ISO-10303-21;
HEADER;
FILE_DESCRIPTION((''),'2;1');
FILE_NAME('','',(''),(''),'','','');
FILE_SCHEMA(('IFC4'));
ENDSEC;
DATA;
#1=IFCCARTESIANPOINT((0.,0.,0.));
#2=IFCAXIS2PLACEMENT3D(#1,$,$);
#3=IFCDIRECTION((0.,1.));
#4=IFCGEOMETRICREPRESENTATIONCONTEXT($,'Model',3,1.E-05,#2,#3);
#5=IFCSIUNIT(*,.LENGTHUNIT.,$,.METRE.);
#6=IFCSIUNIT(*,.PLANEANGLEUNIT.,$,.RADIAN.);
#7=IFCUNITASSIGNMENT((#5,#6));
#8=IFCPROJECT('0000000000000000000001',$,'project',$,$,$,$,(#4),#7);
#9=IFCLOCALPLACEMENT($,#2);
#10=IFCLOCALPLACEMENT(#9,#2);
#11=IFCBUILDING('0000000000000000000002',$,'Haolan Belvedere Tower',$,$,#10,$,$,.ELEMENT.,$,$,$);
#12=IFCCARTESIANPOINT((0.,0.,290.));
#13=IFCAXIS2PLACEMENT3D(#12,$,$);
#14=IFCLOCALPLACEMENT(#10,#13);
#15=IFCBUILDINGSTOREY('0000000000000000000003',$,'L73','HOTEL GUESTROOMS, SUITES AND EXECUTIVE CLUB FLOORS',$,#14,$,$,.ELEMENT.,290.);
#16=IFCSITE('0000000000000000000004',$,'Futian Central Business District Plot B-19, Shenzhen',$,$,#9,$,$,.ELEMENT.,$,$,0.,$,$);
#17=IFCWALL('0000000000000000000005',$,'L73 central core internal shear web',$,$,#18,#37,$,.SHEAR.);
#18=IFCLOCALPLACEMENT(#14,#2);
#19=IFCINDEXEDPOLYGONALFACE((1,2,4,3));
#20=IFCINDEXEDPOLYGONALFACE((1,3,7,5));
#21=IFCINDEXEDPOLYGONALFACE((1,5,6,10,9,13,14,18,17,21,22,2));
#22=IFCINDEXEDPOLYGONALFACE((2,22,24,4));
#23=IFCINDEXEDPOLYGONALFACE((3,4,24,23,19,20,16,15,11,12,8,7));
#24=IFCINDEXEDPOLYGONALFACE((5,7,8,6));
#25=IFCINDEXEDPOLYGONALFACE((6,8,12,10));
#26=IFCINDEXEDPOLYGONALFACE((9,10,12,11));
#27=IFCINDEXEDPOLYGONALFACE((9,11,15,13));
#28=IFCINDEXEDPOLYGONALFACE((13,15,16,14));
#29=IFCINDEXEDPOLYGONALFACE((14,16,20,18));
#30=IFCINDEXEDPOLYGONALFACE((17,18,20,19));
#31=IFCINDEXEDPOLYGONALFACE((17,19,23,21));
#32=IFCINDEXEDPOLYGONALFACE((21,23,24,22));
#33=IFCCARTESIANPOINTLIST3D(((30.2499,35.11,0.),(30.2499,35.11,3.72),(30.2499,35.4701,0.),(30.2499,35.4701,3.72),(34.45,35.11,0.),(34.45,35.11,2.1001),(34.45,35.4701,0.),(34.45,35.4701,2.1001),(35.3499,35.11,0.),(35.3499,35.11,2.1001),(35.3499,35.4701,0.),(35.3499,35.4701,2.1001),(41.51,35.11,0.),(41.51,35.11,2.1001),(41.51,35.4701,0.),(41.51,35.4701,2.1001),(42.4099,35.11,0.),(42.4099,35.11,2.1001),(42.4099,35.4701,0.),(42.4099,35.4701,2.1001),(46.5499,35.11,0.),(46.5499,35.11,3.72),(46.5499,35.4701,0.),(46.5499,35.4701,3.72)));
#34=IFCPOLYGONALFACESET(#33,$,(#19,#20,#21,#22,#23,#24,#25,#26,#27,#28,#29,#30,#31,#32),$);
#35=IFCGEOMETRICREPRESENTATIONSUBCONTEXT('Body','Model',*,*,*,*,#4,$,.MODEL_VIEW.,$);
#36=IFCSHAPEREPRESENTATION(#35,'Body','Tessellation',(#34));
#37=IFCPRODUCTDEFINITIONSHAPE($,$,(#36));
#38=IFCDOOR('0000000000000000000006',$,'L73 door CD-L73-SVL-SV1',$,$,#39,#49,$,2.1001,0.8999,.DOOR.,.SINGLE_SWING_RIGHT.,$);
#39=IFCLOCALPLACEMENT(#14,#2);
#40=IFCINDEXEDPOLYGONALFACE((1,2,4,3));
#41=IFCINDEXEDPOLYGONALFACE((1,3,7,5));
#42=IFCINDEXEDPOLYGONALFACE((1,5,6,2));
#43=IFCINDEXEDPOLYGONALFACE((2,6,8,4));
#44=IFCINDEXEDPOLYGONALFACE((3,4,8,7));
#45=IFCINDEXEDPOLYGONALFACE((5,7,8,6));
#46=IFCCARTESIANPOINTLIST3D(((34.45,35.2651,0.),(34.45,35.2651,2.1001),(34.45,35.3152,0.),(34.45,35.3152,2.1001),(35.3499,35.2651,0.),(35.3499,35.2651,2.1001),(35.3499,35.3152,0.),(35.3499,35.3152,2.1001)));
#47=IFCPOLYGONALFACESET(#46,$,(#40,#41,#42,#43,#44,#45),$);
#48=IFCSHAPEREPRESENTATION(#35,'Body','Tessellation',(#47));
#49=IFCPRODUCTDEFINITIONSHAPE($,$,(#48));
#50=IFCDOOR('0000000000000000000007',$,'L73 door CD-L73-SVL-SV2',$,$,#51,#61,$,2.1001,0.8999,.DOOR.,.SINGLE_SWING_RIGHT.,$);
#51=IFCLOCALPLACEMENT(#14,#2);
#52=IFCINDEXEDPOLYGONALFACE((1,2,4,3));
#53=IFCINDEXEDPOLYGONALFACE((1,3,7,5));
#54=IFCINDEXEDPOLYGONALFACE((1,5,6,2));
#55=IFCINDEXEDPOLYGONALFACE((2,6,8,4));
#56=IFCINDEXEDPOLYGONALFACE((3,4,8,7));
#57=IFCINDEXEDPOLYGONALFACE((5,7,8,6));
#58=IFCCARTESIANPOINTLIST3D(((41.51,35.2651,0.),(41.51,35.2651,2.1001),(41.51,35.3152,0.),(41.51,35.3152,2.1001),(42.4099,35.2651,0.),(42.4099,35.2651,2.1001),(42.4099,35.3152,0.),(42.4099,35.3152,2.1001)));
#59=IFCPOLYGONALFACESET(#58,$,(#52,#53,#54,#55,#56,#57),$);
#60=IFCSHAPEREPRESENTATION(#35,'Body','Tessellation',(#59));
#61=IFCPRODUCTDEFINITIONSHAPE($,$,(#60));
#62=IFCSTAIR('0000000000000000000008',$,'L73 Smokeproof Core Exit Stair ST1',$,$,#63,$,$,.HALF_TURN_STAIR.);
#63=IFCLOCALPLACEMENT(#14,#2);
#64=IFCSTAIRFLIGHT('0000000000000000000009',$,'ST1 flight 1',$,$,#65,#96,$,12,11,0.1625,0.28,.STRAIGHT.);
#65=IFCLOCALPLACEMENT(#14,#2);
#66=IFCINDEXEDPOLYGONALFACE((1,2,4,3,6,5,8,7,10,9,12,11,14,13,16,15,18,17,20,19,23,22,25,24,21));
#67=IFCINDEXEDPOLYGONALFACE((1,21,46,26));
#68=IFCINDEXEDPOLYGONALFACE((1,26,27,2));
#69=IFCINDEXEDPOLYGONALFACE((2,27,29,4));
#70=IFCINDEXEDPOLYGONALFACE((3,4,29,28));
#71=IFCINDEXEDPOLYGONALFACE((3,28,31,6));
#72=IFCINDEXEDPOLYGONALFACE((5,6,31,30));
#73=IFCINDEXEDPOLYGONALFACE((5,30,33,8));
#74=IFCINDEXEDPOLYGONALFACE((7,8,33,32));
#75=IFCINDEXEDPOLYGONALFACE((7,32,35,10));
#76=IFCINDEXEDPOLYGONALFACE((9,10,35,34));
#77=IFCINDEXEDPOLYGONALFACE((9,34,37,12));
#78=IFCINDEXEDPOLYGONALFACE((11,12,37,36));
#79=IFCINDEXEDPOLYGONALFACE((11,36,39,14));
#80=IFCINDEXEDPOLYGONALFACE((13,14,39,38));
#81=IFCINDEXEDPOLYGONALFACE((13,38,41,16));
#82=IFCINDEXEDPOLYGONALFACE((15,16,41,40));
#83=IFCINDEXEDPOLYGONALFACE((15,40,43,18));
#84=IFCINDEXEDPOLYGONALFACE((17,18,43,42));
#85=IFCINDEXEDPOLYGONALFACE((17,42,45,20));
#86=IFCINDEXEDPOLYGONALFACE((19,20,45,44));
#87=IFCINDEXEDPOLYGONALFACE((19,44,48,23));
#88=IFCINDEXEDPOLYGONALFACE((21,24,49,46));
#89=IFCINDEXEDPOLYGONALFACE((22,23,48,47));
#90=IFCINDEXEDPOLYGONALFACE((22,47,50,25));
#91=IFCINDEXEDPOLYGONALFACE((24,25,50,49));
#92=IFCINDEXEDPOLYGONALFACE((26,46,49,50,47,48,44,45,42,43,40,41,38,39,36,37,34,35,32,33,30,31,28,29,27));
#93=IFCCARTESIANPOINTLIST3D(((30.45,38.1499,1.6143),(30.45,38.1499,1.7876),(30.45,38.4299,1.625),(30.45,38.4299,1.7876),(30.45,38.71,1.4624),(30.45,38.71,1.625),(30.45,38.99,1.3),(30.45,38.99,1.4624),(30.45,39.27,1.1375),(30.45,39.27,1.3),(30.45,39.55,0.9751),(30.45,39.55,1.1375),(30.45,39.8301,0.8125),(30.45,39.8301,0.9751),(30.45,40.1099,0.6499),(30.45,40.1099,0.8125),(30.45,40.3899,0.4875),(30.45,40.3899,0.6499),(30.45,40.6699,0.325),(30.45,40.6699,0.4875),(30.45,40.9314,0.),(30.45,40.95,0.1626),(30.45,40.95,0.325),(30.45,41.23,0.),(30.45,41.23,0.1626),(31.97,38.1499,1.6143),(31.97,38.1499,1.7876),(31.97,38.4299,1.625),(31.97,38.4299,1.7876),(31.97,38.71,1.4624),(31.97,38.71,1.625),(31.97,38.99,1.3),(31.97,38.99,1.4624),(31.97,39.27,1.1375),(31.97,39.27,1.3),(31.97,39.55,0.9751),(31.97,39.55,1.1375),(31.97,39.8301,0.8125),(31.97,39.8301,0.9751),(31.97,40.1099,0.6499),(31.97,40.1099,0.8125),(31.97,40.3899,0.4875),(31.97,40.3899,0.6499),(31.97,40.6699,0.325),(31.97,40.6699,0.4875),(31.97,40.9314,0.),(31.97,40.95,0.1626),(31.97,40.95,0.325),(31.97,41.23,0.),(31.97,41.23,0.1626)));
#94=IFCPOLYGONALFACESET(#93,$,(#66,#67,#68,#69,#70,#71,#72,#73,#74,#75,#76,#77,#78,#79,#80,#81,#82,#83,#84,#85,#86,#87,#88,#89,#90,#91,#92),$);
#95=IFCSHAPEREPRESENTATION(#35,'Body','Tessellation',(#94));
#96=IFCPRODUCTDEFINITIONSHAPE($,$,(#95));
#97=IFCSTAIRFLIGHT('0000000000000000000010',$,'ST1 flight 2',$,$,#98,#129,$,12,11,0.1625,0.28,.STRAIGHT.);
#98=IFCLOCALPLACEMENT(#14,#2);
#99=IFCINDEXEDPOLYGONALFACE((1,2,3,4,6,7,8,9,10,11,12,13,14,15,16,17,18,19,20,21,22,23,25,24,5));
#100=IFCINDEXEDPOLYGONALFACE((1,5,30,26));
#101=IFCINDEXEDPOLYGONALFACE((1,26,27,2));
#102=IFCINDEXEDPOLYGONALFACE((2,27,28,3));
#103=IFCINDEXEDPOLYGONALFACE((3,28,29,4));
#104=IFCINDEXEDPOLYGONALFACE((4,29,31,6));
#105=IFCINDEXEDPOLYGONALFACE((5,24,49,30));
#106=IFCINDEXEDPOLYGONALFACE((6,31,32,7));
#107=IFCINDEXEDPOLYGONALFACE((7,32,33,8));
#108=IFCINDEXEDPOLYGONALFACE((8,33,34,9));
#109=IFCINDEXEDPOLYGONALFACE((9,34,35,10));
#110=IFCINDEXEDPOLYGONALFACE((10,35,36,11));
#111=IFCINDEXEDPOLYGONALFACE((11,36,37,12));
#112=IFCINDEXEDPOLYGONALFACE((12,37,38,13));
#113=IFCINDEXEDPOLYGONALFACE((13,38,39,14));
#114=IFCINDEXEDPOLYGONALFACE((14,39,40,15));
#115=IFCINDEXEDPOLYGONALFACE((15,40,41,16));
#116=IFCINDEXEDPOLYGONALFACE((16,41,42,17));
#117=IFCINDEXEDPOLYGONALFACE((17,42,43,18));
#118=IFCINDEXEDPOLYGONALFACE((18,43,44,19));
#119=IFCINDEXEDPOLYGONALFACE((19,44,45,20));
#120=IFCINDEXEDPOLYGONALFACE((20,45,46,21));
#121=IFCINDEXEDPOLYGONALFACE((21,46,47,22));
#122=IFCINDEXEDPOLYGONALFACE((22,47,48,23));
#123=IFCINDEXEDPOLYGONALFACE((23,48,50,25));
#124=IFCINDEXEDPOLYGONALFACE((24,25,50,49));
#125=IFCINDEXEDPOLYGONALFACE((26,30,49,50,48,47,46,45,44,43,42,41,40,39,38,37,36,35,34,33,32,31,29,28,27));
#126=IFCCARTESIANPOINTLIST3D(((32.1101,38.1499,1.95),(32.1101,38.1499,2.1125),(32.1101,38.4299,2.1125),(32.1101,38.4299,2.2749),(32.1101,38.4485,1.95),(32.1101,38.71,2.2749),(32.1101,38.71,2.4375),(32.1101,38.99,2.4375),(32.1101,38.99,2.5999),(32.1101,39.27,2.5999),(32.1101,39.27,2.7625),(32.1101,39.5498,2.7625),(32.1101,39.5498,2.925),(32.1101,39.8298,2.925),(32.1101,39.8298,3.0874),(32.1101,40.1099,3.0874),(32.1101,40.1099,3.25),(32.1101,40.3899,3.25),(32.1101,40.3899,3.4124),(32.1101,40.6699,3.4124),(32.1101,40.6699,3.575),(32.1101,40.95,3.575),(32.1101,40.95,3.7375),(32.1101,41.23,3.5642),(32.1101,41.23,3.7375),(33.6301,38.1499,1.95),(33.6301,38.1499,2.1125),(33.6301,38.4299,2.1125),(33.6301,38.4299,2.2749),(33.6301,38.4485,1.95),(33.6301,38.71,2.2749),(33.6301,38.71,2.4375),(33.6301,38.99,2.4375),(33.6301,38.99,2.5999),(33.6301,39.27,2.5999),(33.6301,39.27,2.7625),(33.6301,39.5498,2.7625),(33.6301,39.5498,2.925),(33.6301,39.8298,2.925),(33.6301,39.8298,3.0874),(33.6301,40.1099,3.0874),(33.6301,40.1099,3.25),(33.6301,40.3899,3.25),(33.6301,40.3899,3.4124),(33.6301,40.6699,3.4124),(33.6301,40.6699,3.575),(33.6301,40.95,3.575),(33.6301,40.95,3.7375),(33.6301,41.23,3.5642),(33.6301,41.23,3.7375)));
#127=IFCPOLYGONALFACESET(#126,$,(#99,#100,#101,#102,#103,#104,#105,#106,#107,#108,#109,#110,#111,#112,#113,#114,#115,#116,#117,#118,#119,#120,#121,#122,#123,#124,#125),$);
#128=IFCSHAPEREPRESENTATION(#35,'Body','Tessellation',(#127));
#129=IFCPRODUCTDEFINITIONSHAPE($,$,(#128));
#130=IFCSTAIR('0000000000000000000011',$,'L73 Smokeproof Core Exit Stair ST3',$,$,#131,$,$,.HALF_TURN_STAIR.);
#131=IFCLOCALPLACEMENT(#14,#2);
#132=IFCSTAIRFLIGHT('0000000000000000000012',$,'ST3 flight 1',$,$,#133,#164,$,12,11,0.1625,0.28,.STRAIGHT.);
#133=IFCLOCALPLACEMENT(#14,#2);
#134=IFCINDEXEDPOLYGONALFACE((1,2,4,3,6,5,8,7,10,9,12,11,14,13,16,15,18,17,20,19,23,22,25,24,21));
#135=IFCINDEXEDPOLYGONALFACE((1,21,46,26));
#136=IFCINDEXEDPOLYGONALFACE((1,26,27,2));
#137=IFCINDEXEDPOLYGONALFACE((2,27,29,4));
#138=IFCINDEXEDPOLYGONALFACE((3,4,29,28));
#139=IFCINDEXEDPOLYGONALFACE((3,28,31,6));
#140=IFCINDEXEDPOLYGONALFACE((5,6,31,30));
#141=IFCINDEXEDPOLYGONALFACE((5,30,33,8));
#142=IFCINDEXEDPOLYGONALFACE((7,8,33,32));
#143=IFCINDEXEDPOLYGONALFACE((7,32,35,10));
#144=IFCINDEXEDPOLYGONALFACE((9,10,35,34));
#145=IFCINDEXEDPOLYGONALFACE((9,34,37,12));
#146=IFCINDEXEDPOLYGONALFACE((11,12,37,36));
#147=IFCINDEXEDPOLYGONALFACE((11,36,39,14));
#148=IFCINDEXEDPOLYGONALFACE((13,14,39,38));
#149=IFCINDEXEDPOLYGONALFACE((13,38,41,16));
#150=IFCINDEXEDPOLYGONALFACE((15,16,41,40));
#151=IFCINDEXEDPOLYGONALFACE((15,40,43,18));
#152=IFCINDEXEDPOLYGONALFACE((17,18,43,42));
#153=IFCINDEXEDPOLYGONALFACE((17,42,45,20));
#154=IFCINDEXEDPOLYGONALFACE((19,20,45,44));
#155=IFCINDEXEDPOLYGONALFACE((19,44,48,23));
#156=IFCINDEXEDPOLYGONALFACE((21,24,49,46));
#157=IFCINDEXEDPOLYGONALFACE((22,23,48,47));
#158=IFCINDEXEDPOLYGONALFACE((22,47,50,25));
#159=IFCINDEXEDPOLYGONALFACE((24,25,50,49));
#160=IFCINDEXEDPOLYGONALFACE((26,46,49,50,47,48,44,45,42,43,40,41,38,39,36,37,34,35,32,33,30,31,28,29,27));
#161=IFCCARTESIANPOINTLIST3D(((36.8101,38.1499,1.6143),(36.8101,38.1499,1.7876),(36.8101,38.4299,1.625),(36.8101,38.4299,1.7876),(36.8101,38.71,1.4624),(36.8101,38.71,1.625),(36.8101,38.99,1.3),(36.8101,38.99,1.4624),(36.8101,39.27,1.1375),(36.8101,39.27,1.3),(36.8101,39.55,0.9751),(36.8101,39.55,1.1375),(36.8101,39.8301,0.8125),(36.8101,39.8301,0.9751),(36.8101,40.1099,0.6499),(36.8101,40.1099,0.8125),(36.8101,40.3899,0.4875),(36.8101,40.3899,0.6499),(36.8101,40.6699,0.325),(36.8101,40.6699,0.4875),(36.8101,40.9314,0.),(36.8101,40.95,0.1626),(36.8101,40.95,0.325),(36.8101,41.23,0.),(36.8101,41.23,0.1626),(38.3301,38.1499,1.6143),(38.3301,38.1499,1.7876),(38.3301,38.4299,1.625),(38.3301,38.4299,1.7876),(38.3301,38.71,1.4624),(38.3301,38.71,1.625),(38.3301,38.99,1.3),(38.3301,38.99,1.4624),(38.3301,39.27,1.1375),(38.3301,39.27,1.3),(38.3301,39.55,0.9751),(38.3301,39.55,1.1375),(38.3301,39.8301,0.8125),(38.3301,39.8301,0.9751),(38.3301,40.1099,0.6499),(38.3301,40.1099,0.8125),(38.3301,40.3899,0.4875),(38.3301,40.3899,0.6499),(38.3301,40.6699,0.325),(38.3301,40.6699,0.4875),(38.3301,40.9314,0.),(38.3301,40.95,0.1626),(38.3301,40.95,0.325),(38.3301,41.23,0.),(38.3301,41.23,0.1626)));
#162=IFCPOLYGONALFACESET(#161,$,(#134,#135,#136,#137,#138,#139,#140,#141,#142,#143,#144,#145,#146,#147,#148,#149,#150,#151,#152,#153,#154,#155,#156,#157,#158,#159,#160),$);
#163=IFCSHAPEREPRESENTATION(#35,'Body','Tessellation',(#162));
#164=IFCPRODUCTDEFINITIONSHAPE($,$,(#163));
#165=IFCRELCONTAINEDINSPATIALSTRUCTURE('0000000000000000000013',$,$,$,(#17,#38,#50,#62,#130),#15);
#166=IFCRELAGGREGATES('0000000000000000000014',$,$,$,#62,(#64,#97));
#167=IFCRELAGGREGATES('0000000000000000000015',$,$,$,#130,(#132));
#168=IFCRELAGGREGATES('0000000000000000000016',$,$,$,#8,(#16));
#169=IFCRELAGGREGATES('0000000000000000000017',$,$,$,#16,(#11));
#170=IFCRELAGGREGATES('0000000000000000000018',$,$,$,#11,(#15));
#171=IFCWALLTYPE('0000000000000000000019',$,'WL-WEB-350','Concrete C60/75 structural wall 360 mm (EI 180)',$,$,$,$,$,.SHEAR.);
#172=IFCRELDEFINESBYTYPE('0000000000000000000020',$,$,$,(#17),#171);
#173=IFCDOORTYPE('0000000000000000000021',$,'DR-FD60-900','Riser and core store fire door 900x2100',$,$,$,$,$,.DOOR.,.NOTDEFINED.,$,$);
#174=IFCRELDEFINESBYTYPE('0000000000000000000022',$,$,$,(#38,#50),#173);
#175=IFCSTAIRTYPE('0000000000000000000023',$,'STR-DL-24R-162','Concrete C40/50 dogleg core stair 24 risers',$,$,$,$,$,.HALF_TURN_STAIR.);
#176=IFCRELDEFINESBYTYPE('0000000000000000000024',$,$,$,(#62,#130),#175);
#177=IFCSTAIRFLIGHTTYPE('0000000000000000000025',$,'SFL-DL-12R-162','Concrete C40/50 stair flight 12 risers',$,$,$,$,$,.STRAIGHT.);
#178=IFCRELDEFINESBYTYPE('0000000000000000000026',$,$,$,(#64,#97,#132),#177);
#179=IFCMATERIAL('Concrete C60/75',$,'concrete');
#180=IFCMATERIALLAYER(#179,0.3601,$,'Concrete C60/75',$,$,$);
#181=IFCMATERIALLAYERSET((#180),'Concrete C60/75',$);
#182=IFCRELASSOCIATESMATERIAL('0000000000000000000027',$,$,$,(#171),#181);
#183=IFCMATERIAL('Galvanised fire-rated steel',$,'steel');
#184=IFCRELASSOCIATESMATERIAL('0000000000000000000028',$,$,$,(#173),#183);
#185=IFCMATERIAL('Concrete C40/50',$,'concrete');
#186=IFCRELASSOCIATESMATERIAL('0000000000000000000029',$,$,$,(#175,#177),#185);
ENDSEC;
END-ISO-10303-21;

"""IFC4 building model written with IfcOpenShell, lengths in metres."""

from ifc_helpers import new_model, si_unit, direction, frame, frame_2d, origin, place, context, subcontext, project, spatial, polyline, rectangle, outline, extrude, material, layer, layer_set, type_object, element, fill, aggregate, save


model = new_model("IFC4")

# Units and contexts
model_context = context("Model", 3, precision=1e-05, world=origin(), true_north=direction((0.0, 1.0)))
body_context = subcontext(model_context, "Body", "Model", "MODEL_VIEW")
ifc_project = project(units=[si_unit("LENGTHUNIT", "METRE"), si_unit("PLANEANGLEUNIT", "RADIAN")], contexts=[model_context])

# Site, building, storey
site_placement = place(None, origin())
site = spatial("IfcSite", under=ifc_project, at=site_placement, Name="Futian Central Business District Plot B-19, Shenzhen", CompositionType="ELEMENT", RefElevation=0.0)
building_placement = place(site_placement, origin())
building = spatial("IfcBuilding", under=site, at=building_placement, Name="Haolan Belvedere Tower", CompositionType="ELEMENT")
storey_placement = place(building_placement, frame((0.0, 0.0, 290.0)))
storey = spatial("IfcBuildingStorey", under=building, at=storey_placement, Name="L73", Description="HOTEL GUESTROOMS, SUITES AND EXECUTIVE CLUB FLOORS", CompositionType="ELEMENT", Elevation=290.0)

# Wall, openings, doors
ifc_material_1 = material(Name="Concrete C60/75", Category="concrete")
ifc_layer_1 = layer(ifc_material_1, 0.3601, Name="Concrete C60/75")
ifc_layer_set_1 = layer_set([ifc_layer_1], Name="Concrete C60/75")
wall_type_1 = type_object("IfcWallType", Name="WL-WEB-350", Description="Concrete C60/75 structural wall 360 mm (EI 180)", PredefinedType="SHEAR", material=ifc_layer_set_1)
wall_1_placement = place(storey_placement, frame((30.25, 35.29, 0.0), z_axis=(0.0, 0.0, 1.0), x_axis=(1.0, 0.0, 0.0)))
wall_1 = element("IfcWall", 1, at=wall_1_placement, inside=storey, type_object=wall_type_1, Name="L73 central core internal shear web", PredefinedType="SHEAR", context=body_context, shape_type="SweptSolid", body=[
    extrude(rectangle(XDim=16.3, YDim=0.3601, at=frame_2d((8.1499, 0.0))), origin(), (0.0, 0.0, 1.0), 3.72),
])
opening_1_placement = place(wall_1_placement, frame((5.0999, 0.0, 0.0), z_axis=(0.0, 0.0, 1.0), x_axis=(-1.0, 0.0, 0.0)))
opening_1 = element("IfcOpeningElement", 2, at=opening_1_placement, cuts=wall_1, PredefinedType="OPENING", context=body_context, shape_type="SweptSolid", body=[
    extrude(rectangle(XDim=0.8999, YDim=2.1001, at=frame_2d((0.45, 1.05))), frame((0.0, 0.1899, 0.0), z_axis=(0.0, -1.0, 0.0), x_axis=(1.0, 0.0, 0.0)), (0.0, 0.0, 1.0), 0.3801),
])
opening_2_placement = place(wall_1_placement, frame((12.1599, 0.0, 0.0), z_axis=(0.0, 0.0, 1.0), x_axis=(-1.0, 0.0, 0.0)))
opening_2 = element("IfcOpeningElement", 3, at=opening_2_placement, cuts=wall_1, PredefinedType="OPENING", context=body_context, shape_type="SweptSolid", body=[
    extrude(rectangle(XDim=0.8999, YDim=2.1001, at=frame_2d((0.45, 1.05))), frame((0.0, 0.1899, 0.0), z_axis=(0.0, -1.0, 0.0), x_axis=(1.0, 0.0, 0.0)), (0.0, 0.0, 1.0), 0.3801),
])
ifc_material_2 = material(Name="Galvanised fire-rated steel", Category="steel")
door_type_1 = type_object("IfcDoorType", Name="DR-FD60-900", Description="Riser and core store fire door 900x2100", OperationType="NOTDEFINED", PredefinedType="DOOR", material=ifc_material_2)
door_1_placement = place(opening_1_placement, origin())
door_1 = element("IfcDoor", 4, at=door_1_placement, inside=storey, type_object=door_type_1, Name="L73 door CD-L73-SVL-SV1", OperationType="SINGLE_SWING_RIGHT", OverallHeight=2.1001, OverallWidth=0.8999, PredefinedType="DOOR", context=body_context, shape_type="SweptSolid", body=[
    extrude(rectangle(XDim=0.8999, YDim=2.1001, at=frame_2d((0.45, 1.05))), frame((0.0, 0.0249, 0.0), z_axis=(0.0, -1.0, 0.0), x_axis=(1.0, 0.0, 0.0)), (0.0, 0.0, 1.0), 0.05),
])
fill(opening_1, door_1)
door_2_placement = place(opening_2_placement, origin())
door_2 = element("IfcDoor", 5, at=door_2_placement, inside=storey, type_object=door_type_1, Name="L73 door CD-L73-SVL-SV2", OperationType="SINGLE_SWING_RIGHT", OverallHeight=2.1001, OverallWidth=0.8999, PredefinedType="DOOR", context=body_context, shape_type="SweptSolid", body=[
    extrude(rectangle(XDim=0.8999, YDim=2.1001, at=frame_2d((0.45, 1.05))), frame((0.0, 0.0249, 0.0), z_axis=(0.0, -1.0, 0.0), x_axis=(1.0, 0.0, 0.0)), (0.0, 0.0, 1.0), 0.05),
])
fill(opening_2, door_2)

# Stair, stair flights
ifc_material_3 = material(Name="Concrete C40/50", Category="concrete")
stair_type = type_object("IfcStairType", Name="STR-DL-24R-162", Description="Concrete C40/50 dogleg core stair 24 risers", PredefinedType="HALF_TURN_STAIR", material=ifc_material_3)
stair_1_placement = place(storey_placement, origin())
stair_1 = element("IfcStair", 6, at=stair_1_placement, inside=storey, type_object=stair_type, Name="L73 Smokeproof Core Exit Stair ST1", PredefinedType="HALF_TURN_STAIR")
stair_flight_type = type_object("IfcStairFlightType", Name="SFL-DL-12R-162", Description="Concrete C40/50 stair flight 12 risers", PredefinedType="STRAIGHT", material=ifc_material_3)
stair_flight_1_placement = place(storey_placement, frame((31.21, 41.23, 0.0), z_axis=(0.0, 0.0, 1.0), x_axis=(0.0, -1.0, 0.0)))
stair_flight_1 = element("IfcStairFlight", 7, at=stair_flight_1_placement, type_object=stair_flight_type, Name="ST1 flight 1", NumberOfRisers=12, NumberOfTreads=11, PredefinedType="STRAIGHT", RiserHeight=0.1625, TreadLength=0.28, context=body_context, shape_type="SweptSolid", body=[
    extrude(outline(polyline([(0.0, 0.0), (0.0, 0.1626), (0.28, 0.1626), (0.28, 0.325), (0.5601, 0.325), (0.5601, 0.4875), (0.8401, 0.4875), (0.8401, 0.6499), (1.1201, 0.6499), (1.1201, 0.8125), (1.3999, 0.8125), (1.3999, 0.9751), (1.6799, 0.9751), (1.6799, 1.1375), (1.96, 1.1375), (1.96, 1.3), (2.24, 1.3), (2.24, 1.4624), (2.52, 1.4624), (2.52, 1.625), (2.8, 1.625), (2.8, 1.7876), (3.0801, 1.7876), (3.0801, 1.95), (3.0801, 1.6143), (0.2986, 0.0), (0.0, 0.0)])), frame((0.0, 0.76, 0.0), z_axis=(0.0, -1.0, 0.0), x_axis=(1.0, 0.0, 0.0)), (0.0, 0.0, 1.0), 1.52),
])
stair_flight_2_placement = place(storey_placement, frame((32.8701, 38.1499, 1.95), z_axis=(0.0, 0.0, 1.0), x_axis=(0.0, 1.0, 0.0)))
stair_flight_2 = element("IfcStairFlight", 8, at=stair_flight_2_placement, type_object=stair_flight_type, Name="ST1 flight 2", NumberOfRisers=12, NumberOfTreads=11, PredefinedType="STRAIGHT", RiserHeight=0.1625, TreadLength=0.28, context=body_context, shape_type="SweptSolid", body=[
    extrude(outline(polyline([(0.0, 0.0), (0.0, 0.1626), (0.28, 0.1626), (0.28, 0.325), (0.5601, 0.325), (0.5601, 0.4875), (0.8401, 0.4875), (0.8401, 0.6499), (1.1201, 0.6499), (1.1201, 0.8125), (1.3999, 0.8125), (1.3999, 0.9751), (1.6799, 0.9751), (1.6799, 1.1375), (1.96, 1.1375), (1.96, 1.3), (2.24, 1.3), (2.24, 1.4624), (2.52, 1.4624), (2.52, 1.625), (2.8, 1.625), (2.8, 1.7876), (3.0801, 1.7876), (3.0801, 1.95), (3.0801, 1.6143), (0.2986, 0.0), (0.0, 0.0)])), frame((0.0, 0.76, 0.0), z_axis=(0.0, -1.0, 0.0), x_axis=(1.0, 0.0, 0.0)), (0.0, 0.0, 1.0), 1.52),
])
aggregate(stair_1, [stair_flight_1, stair_flight_2])

# Stair, stair flight
stair_2_placement = place(storey_placement, origin())
stair_2 = element("IfcStair", 9, at=stair_2_placement, inside=storey, type_object=stair_type, Name="L73 Smokeproof Core Exit Stair ST3", PredefinedType="HALF_TURN_STAIR")
stair_flight_3_placement = place(storey_placement, frame((37.5701, 41.23, 0.0), z_axis=(0.0, 0.0, 1.0), x_axis=(0.0, -1.0, 0.0)))
stair_flight_3 = element("IfcStairFlight", 10, at=stair_flight_3_placement, type_object=stair_flight_type, Name="ST3 flight 1", NumberOfRisers=12, NumberOfTreads=11, PredefinedType="STRAIGHT", RiserHeight=0.1625, TreadLength=0.28, context=body_context, shape_type="SweptSolid", body=[
    extrude(outline(polyline([(0.0, 0.0), (0.0, 0.1626), (0.28, 0.1626), (0.28, 0.325), (0.5601, 0.325), (0.5601, 0.4875), (0.8401, 0.4875), (0.8401, 0.6499), (1.1201, 0.6499), (1.1201, 0.8125), (1.3999, 0.8125), (1.3999, 0.9751), (1.6799, 0.9751), (1.6799, 1.1375), (1.96, 1.1375), (1.96, 1.3), (2.24, 1.3), (2.24, 1.4624), (2.52, 1.4624), (2.52, 1.625), (2.8, 1.625), (2.8, 1.7876), (3.0801, 1.7876), (3.0801, 1.95), (3.0801, 1.6143), (0.2986, 0.0), (0.0, 0.0)])), frame((0.0, 0.76, 0.0), z_axis=(0.0, -1.0, 0.0), x_axis=(1.0, 0.0, 0.0)), (0.0, 0.0, 1.0), 1.52),
])
aggregate(stair_2, [stair_flight_3])

save(model, "model.ifc")
